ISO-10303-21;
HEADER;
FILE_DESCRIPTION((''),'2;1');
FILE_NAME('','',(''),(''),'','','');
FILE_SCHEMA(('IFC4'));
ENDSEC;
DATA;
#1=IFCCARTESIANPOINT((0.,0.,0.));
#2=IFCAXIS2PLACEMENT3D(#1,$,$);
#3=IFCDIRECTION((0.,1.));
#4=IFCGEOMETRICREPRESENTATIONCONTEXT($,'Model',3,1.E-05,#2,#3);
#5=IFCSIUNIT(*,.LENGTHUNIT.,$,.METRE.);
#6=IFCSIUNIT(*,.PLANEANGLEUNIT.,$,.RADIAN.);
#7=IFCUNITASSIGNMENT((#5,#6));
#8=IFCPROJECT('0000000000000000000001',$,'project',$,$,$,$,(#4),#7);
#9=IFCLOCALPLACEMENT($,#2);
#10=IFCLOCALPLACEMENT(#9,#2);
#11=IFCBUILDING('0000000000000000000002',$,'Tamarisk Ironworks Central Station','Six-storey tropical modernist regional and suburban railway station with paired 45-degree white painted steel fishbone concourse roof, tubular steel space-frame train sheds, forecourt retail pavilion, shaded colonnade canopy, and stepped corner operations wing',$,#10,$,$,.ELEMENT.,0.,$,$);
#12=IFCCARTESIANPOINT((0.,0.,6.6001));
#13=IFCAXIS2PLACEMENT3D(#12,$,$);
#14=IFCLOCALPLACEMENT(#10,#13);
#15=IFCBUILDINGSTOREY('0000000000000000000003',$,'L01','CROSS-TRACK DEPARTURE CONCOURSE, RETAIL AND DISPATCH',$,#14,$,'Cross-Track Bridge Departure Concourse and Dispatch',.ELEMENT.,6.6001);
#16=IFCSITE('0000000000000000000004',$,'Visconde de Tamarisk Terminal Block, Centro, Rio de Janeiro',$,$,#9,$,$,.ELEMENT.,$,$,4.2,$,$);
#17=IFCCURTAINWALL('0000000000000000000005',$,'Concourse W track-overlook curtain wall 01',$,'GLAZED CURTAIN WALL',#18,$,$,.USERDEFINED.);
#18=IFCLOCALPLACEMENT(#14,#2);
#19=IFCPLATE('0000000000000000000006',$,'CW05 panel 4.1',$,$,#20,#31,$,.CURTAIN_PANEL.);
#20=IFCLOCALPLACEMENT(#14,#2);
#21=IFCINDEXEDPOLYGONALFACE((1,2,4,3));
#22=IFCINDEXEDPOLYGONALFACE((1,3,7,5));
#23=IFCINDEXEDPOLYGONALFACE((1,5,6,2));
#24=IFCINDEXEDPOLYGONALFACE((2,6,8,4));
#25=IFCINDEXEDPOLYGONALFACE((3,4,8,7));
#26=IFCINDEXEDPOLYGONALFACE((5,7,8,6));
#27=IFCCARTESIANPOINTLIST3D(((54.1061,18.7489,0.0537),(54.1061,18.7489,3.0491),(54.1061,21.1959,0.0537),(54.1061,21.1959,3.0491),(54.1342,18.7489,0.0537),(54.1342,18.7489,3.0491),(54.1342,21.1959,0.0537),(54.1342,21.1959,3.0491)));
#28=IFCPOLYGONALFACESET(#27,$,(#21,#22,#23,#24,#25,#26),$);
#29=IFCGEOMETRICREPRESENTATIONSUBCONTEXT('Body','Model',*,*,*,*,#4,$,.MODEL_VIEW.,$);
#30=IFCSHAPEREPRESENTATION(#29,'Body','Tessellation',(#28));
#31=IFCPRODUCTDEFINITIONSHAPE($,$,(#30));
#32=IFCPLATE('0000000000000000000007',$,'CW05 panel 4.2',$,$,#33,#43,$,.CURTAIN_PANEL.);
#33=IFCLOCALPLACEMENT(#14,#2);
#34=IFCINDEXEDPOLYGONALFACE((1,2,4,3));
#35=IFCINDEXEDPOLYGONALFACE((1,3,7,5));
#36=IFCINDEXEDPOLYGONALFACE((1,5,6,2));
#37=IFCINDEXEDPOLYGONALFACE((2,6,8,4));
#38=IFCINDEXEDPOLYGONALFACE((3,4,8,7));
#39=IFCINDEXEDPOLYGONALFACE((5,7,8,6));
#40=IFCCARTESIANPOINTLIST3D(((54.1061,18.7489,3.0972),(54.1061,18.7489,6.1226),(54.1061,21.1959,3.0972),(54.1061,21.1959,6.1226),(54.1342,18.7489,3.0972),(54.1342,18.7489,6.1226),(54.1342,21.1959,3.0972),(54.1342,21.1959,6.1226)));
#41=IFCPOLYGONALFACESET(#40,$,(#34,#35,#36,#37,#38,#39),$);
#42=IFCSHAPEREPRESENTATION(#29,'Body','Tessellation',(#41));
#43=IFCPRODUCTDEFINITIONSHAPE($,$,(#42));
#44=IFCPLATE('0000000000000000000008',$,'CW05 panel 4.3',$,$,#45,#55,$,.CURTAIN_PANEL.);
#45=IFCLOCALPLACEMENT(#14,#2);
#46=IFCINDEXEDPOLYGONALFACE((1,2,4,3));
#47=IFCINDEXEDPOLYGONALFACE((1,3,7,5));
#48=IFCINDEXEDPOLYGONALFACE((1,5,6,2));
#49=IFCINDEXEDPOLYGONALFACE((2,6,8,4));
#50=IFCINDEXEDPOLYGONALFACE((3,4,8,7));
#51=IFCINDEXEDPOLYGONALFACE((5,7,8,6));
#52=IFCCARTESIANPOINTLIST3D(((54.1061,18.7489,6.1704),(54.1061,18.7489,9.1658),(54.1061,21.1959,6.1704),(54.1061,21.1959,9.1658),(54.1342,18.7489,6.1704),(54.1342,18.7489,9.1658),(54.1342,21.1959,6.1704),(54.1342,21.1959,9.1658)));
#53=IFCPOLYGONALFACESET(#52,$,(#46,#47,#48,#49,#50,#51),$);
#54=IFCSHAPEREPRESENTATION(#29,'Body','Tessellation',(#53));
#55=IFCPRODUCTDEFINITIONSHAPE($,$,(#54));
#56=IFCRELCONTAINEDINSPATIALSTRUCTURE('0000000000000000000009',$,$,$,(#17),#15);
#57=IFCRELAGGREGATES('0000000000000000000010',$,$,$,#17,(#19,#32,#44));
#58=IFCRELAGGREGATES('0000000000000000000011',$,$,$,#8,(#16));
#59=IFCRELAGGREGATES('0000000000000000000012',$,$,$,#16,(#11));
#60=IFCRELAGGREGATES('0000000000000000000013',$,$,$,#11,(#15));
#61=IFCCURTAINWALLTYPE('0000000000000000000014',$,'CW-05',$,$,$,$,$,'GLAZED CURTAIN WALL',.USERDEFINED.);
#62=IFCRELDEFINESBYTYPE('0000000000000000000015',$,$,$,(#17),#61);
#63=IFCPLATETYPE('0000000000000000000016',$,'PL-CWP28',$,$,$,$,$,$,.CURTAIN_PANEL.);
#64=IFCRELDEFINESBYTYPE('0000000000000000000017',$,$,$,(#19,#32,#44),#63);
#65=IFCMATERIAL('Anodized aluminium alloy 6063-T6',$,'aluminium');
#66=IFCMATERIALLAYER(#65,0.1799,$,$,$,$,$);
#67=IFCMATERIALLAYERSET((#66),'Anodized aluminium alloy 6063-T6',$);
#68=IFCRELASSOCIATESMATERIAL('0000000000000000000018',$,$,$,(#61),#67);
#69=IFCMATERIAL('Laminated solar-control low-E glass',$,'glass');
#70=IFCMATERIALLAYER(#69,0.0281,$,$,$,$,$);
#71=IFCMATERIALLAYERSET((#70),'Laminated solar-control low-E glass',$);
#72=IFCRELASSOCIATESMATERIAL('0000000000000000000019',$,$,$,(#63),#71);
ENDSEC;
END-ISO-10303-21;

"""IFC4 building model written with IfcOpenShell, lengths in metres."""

from ifc_helpers import new_model, si_unit, direction, frame, origin, origin_2d, place, context, subcontext, project, spatial, rectangle, extrude, material, layer, layer_set, type_object, element, aggregate, save


model = new_model("IFC4")

# Units and contexts
model_context = context("Model", 3, precision=1e-05, world=origin(), true_north=direction((0.0, 1.0)))
body_context = subcontext(model_context, "Body", "Model", "MODEL_VIEW")
ifc_project = project(units=[si_unit("LENGTHUNIT", "METRE"), si_unit("PLANEANGLEUNIT", "RADIAN")], contexts=[model_context])

# Site, building, storey
site_placement = place(None, origin())
site = spatial("IfcSite", under=ifc_project, at=site_placement, Name="Visconde de Tamarisk Terminal Block, Centro, Rio de Janeiro", CompositionType="ELEMENT", RefElevation=4.2)
building_placement = place(site_placement, origin())
building = spatial("IfcBuilding", under=site, at=building_placement, Name="Tamarisk Ironworks Central Station", Description="Six-storey tropical modernist regional and suburban railway station with paired 45-degree white painted steel fishbone concourse roof, tubular steel space-frame train sheds, forecourt retail pavilion, shaded colonnade canopy, and stepped corner operations wing", CompositionType="ELEMENT", ElevationOfRefHeight=0.0)
storey_placement = place(building_placement, frame((0.0, 0.0, 6.6001)))
storey = spatial("IfcBuildingStorey", under=building, at=storey_placement, Name="L01", Description="CROSS-TRACK DEPARTURE CONCOURSE, RETAIL AND DISPATCH", LongName="Cross-Track Bridge Departure Concourse and Dispatch", CompositionType="ELEMENT", Elevation=6.6001)

# Curtain wall, plates
ifc_material_1 = material(Name="Anodized aluminium alloy 6063-T6", Category="aluminium")
ifc_layer_1 = layer(ifc_material_1, 0.1799)
ifc_layer_set_1 = layer_set([ifc_layer_1], Name="Anodized aluminium alloy 6063-T6")
curtain_wall_type = type_object("IfcCurtainWallType", Name="CW-05", ElementType="GLAZED CURTAIN WALL", PredefinedType="USERDEFINED", material=ifc_layer_set_1)
curtain_wall_placement = place(storey_placement, origin())
curtain_wall = element("IfcCurtainWall", 1, at=curtain_wall_placement, inside=storey, type_object=curtain_wall_type, Name="Concourse W track-overlook curtain wall 01", ObjectType="GLAZED CURTAIN WALL", PredefinedType="USERDEFINED")
ifc_material_2 = material(Name="Laminated solar-control low-E glass", Category="glass")
ifc_layer_2 = layer(ifc_material_2, 0.0281)
ifc_layer_set_2 = layer_set([ifc_layer_2], Name="Laminated solar-control low-E glass")
plate_type = type_object("IfcPlateType", Name="PL-CWP28", PredefinedType="CURTAIN_PANEL", material=ifc_layer_set_2)
plate_1_placement = place(storey_placement, frame((54.1201, 19.9724, 0.0537), z_axis=(0.0, 0.0, 1.0), x_axis=(0.0, 1.0, 0.0)))
plate_1 = element("IfcPlate", 2, at=plate_1_placement, type_object=plate_type, Name="CW05 panel 4.1", PredefinedType="CURTAIN_PANEL", context=body_context, shape_type="SweptSolid", body=[
    extrude(rectangle(XDim=2.447, YDim=0.0281, at=origin_2d()), origin(), (0.0, 0.0, 1.0), 2.9954),
])
plate_2_placement = place(storey_placement, frame((54.1201, 19.9724, 3.0972), z_axis=(0.0, 0.0, 1.0), x_axis=(0.0, 1.0, 0.0)))
plate_2 = element("IfcPlate", 3, at=plate_2_placement, type_object=plate_type, Name="CW05 panel 4.2", PredefinedType="CURTAIN_PANEL", context=body_context, shape_type="SweptSolid", body=[
    extrude(rectangle(XDim=2.447, YDim=0.0281, at=origin_2d()), origin(), (0.0, 0.0, 1.0), 3.0254),
])
plate_3_placement = place(storey_placement, frame((54.1201, 19.9724, 6.1704), z_axis=(0.0, 0.0, 1.0), x_axis=(0.0, 1.0, 0.0)))
plate_3 = element("IfcPlate", 4, at=plate_3_placement, type_object=plate_type, Name="CW05 panel 4.3", PredefinedType="CURTAIN_PANEL", context=body_context, shape_type="SweptSolid", body=[
    extrude(rectangle(XDim=2.447, YDim=0.0281, at=origin_2d()), origin(), (0.0, 0.0, 1.0), 2.9954),
])
aggregate(curtain_wall, [plate_1, plate_2, plate_3])

save(model, "model.ifc")
